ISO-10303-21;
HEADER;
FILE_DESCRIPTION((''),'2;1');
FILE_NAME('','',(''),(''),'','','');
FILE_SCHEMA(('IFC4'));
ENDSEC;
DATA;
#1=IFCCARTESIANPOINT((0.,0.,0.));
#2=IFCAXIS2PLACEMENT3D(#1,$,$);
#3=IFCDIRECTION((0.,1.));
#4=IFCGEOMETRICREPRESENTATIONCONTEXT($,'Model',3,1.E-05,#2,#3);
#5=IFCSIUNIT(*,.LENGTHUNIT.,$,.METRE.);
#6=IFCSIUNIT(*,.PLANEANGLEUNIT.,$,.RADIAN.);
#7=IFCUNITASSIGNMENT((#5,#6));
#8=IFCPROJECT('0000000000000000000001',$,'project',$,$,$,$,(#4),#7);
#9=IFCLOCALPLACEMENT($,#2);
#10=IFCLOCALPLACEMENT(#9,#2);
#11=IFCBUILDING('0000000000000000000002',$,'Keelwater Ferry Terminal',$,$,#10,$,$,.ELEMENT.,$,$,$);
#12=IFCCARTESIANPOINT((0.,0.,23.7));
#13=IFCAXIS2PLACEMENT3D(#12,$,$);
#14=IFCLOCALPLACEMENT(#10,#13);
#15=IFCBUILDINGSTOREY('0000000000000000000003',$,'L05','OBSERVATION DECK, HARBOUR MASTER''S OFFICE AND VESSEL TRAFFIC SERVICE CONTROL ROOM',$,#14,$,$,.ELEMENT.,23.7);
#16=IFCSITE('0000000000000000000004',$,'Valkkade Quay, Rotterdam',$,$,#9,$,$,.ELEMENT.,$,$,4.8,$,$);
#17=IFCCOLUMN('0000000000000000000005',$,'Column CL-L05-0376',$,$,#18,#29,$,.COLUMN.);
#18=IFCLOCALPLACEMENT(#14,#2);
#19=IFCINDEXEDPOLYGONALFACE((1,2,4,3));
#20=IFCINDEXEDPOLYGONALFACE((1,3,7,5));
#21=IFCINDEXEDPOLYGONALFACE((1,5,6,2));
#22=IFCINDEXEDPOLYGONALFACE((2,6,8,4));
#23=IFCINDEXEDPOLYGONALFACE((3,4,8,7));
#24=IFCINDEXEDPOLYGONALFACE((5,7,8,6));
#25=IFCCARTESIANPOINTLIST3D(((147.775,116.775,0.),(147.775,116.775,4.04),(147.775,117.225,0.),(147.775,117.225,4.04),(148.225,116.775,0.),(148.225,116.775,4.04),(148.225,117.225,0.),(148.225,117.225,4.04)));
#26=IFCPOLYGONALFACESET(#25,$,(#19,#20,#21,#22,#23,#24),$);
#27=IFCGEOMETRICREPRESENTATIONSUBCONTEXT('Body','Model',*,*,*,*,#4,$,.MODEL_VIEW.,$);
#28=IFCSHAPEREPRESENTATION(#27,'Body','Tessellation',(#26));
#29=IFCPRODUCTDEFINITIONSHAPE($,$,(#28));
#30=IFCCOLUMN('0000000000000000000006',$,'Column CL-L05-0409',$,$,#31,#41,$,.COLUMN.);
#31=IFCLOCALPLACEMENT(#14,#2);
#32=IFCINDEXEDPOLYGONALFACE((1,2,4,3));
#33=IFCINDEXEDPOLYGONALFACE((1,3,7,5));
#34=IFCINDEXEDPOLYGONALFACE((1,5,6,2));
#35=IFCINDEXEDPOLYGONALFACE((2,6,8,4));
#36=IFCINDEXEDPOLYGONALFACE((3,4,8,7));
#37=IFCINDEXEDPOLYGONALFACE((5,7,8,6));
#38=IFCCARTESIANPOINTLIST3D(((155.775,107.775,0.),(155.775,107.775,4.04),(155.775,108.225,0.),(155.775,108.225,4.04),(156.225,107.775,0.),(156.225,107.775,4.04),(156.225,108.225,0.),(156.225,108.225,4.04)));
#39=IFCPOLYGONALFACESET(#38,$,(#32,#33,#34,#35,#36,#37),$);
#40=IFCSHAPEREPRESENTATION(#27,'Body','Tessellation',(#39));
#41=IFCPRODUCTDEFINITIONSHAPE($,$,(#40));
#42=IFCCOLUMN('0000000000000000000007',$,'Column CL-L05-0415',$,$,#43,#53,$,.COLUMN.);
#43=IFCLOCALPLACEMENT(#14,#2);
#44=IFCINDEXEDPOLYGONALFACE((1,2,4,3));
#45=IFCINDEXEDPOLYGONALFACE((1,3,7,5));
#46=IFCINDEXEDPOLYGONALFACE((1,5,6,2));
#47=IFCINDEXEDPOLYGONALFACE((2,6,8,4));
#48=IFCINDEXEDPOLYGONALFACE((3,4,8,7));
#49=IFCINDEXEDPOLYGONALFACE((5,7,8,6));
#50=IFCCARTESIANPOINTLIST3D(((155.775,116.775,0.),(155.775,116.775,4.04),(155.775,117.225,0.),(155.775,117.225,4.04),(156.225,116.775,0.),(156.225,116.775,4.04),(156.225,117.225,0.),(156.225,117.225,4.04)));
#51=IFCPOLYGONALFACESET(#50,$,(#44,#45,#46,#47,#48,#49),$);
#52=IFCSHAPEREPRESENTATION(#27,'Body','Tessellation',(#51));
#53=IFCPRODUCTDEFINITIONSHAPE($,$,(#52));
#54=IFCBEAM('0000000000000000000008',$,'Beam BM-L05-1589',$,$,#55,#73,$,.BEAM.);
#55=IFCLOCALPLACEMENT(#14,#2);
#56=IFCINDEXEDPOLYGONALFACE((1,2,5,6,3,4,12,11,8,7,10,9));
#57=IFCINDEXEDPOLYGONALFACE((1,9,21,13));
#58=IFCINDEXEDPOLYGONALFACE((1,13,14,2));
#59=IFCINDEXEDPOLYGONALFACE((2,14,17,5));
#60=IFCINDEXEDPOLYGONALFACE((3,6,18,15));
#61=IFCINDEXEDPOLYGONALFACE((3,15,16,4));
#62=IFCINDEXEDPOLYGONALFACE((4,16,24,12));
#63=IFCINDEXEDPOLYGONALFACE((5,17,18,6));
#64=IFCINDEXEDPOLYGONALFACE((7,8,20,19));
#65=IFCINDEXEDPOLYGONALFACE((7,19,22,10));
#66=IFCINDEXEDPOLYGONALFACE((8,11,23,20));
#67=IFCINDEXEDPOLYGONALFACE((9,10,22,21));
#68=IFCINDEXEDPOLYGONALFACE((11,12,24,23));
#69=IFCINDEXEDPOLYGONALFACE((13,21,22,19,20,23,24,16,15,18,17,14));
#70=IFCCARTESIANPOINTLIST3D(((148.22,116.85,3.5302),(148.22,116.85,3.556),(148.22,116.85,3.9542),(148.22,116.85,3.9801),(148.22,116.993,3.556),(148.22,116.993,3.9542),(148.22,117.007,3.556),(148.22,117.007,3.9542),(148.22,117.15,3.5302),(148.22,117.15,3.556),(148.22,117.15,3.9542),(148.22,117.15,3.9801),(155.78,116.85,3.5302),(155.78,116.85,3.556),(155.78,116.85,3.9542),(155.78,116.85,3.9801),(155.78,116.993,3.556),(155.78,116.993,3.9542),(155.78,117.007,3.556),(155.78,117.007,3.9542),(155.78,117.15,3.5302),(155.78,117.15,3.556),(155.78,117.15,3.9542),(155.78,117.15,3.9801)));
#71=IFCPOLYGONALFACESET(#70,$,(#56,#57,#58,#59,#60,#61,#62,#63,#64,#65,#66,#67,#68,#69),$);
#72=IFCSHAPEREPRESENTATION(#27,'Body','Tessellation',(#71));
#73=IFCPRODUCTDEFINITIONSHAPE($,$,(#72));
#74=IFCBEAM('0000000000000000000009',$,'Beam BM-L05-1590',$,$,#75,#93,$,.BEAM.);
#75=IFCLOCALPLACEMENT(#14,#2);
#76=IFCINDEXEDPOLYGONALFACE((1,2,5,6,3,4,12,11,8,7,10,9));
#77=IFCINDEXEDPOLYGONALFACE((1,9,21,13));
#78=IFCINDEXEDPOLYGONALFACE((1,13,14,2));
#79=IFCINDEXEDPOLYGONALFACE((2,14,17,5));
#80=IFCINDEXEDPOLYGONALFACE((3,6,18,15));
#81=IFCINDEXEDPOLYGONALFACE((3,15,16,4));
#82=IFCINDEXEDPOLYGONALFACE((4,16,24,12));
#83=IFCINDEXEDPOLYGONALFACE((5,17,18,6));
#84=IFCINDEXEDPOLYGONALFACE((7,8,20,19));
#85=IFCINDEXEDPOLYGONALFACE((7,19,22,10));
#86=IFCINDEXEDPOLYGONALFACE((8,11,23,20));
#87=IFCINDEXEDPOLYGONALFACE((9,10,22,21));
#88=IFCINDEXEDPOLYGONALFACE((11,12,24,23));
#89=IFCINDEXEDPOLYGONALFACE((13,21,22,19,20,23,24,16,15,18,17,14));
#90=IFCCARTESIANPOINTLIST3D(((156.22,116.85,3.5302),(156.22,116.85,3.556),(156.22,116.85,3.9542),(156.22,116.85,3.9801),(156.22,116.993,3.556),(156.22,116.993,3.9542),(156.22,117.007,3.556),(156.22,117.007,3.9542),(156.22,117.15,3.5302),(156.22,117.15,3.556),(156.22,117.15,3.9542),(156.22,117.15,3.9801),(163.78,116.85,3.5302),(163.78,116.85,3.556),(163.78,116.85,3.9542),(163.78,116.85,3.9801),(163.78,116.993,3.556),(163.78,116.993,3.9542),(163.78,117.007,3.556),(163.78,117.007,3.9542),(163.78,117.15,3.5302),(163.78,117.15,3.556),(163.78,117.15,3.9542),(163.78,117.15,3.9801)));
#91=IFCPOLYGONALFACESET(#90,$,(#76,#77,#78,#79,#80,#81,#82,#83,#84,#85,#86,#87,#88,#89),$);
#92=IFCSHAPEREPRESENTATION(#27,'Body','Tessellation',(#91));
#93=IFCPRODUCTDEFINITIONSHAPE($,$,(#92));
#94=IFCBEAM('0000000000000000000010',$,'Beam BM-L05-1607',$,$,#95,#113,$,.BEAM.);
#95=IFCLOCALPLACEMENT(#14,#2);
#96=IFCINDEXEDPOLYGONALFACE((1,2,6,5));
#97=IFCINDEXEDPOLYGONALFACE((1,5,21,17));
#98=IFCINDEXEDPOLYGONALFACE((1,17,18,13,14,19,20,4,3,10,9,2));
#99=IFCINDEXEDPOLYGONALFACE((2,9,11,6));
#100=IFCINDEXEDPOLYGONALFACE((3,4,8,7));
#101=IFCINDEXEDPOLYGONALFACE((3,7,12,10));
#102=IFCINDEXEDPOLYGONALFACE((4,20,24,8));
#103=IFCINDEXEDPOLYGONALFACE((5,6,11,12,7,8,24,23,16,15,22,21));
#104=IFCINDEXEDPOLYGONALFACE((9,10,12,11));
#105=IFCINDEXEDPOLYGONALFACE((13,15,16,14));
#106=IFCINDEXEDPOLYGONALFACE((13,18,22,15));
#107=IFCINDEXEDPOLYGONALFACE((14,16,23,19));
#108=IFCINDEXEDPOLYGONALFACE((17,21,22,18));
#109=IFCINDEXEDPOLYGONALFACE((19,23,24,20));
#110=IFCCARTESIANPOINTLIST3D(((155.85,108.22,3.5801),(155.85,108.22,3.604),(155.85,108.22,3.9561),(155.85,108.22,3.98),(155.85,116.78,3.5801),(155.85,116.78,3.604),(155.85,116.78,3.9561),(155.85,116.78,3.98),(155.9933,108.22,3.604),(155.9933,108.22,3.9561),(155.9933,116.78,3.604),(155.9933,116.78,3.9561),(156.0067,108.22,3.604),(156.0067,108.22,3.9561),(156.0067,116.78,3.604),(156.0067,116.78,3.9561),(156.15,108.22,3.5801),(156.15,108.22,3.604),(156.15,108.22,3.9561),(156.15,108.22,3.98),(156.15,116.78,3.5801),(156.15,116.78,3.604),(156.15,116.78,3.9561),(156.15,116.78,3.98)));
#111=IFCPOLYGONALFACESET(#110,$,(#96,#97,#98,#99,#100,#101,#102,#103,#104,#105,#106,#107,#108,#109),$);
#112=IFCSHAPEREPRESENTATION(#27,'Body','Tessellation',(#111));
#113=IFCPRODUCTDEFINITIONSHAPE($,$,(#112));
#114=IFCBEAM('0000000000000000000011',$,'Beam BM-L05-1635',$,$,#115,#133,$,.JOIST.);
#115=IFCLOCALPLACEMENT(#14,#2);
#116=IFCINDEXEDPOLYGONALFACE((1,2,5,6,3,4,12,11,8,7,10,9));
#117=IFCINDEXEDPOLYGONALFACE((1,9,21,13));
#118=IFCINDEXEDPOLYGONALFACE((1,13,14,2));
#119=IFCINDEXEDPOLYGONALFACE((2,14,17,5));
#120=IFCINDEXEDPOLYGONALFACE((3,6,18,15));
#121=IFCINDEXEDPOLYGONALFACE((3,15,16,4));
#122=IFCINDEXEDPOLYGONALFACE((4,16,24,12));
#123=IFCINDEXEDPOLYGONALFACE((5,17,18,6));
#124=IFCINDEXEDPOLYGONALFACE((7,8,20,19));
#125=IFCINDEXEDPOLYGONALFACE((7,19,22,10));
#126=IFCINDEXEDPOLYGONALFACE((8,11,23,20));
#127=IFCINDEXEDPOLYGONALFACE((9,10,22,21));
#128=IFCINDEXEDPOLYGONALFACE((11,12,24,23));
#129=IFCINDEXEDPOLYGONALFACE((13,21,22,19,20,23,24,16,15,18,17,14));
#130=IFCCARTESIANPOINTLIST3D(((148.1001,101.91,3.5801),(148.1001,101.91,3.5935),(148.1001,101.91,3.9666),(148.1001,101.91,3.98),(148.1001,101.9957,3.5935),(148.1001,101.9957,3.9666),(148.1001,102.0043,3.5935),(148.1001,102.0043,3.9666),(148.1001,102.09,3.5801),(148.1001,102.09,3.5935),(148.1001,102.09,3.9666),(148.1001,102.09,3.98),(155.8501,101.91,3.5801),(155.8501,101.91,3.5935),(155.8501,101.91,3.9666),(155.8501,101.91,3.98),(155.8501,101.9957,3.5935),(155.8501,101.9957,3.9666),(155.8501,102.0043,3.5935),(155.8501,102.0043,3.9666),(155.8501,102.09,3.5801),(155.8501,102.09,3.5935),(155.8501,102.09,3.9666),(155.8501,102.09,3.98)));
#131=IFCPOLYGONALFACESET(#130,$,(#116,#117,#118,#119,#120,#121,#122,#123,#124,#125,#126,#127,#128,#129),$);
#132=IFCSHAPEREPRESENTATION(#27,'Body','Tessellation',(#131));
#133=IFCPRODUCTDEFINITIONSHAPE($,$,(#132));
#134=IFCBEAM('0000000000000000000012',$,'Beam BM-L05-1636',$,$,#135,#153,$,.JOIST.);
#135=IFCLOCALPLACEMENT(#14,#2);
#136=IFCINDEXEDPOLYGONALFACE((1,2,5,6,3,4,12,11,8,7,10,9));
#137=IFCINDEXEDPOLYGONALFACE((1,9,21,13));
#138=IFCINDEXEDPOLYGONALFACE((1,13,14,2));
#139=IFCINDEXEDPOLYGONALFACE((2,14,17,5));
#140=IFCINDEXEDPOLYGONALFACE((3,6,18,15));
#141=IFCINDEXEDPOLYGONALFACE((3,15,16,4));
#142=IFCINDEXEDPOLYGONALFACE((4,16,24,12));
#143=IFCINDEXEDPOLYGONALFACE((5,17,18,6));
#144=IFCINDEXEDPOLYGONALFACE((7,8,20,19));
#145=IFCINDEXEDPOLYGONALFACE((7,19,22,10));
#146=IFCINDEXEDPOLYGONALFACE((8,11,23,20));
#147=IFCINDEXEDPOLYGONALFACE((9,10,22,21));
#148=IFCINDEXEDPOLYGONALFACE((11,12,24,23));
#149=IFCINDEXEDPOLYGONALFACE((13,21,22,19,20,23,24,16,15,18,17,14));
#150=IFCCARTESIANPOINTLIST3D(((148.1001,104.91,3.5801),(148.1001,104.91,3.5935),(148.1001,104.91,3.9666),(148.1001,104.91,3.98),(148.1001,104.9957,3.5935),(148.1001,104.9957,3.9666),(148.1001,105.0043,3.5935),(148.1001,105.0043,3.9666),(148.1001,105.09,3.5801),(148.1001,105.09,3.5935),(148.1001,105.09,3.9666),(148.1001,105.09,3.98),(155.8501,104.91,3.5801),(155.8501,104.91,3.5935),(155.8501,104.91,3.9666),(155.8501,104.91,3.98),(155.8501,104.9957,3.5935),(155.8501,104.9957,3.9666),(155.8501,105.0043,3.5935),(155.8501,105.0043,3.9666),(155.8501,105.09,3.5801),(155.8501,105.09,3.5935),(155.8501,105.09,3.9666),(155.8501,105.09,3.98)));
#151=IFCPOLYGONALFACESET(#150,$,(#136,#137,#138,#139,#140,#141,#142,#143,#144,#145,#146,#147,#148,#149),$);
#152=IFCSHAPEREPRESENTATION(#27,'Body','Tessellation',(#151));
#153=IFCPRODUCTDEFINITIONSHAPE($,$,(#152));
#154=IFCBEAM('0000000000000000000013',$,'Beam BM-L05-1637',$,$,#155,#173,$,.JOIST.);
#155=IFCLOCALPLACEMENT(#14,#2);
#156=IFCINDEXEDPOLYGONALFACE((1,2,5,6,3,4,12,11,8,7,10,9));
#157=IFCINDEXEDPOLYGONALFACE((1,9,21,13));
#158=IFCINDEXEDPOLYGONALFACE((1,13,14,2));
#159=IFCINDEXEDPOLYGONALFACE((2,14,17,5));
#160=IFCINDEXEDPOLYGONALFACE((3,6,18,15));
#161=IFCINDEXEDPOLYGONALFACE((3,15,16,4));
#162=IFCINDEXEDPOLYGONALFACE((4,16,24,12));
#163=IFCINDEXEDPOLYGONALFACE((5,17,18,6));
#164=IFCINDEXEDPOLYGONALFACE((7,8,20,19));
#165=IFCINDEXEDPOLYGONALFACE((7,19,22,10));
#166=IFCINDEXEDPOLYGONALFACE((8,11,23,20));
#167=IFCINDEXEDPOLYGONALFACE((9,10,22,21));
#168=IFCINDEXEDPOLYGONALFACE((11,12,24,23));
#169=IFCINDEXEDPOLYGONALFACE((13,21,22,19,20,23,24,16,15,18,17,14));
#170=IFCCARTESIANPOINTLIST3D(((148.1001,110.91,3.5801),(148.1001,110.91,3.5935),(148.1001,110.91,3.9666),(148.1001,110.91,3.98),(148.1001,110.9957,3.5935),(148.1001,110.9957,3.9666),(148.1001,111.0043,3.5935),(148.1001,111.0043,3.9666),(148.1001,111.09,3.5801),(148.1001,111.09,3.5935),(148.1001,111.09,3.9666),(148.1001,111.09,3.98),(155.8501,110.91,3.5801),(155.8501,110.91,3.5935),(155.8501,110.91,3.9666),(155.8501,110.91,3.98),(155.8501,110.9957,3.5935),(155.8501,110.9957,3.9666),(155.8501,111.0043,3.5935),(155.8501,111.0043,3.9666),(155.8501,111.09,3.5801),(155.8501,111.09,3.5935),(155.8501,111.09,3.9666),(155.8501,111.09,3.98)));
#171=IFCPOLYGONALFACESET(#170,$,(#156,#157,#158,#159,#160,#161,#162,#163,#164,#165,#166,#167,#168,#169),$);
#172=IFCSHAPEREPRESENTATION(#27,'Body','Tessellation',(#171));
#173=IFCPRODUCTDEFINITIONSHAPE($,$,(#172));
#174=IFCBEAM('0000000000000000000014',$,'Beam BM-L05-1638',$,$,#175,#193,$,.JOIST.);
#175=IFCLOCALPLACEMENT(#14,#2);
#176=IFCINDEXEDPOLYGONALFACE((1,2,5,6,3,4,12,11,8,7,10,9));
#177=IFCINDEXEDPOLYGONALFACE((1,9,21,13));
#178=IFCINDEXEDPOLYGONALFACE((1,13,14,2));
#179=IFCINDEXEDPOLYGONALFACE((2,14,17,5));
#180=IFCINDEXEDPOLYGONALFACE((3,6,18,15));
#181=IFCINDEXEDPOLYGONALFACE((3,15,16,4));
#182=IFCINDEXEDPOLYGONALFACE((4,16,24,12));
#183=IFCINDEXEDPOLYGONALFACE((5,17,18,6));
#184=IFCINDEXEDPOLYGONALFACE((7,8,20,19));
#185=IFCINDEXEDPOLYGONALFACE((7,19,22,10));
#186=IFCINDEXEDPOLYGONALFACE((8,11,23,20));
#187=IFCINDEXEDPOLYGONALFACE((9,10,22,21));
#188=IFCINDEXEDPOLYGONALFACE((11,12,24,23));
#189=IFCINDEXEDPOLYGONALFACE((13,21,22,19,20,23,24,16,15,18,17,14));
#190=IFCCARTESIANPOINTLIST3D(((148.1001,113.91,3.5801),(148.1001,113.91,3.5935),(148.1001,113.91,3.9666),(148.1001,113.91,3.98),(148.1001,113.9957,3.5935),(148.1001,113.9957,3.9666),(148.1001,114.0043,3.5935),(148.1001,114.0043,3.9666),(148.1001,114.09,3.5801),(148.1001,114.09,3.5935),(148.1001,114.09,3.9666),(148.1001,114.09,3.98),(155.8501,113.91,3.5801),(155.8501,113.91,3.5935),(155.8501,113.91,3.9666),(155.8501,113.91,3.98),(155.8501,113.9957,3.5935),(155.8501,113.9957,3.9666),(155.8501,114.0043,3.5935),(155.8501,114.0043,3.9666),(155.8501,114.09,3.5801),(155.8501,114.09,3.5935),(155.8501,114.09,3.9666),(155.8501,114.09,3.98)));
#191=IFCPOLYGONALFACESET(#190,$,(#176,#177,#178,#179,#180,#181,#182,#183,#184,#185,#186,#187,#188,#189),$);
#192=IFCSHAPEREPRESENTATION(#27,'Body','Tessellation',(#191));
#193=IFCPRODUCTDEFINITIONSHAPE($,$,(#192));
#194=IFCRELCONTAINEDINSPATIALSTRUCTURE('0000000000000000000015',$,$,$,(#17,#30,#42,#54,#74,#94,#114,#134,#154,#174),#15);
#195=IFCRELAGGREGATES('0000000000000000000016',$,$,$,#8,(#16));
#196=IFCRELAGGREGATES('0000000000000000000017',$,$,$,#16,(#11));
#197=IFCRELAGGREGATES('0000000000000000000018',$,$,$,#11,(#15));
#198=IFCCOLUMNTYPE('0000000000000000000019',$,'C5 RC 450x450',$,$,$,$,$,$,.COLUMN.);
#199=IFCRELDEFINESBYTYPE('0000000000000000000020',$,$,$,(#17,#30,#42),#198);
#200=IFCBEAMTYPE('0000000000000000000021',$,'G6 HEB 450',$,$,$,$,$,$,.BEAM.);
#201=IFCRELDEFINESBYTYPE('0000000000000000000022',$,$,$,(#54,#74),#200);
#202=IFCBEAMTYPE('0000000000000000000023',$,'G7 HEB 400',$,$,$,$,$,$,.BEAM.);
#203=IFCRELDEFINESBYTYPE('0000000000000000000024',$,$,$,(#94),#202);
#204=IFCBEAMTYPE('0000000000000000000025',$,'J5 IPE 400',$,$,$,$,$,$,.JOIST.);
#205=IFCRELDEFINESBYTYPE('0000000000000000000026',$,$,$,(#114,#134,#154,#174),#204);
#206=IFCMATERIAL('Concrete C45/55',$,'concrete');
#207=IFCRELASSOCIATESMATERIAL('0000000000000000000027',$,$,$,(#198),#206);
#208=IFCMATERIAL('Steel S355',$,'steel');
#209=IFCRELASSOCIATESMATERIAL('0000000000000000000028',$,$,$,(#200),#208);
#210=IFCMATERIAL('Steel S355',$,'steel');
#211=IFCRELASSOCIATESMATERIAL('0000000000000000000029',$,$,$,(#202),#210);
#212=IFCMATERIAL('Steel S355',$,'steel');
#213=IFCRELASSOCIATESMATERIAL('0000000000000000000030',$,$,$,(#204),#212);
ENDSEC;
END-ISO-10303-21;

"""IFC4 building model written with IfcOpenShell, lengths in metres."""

from ifc_helpers import new_model, si_unit, direction, frame, origin, origin_2d, place, context, subcontext, project, spatial, rectangle, i_section, extrude, material, material_profile, profile_set, type_object, element, save


model = new_model("IFC4")

# Units and contexts
model_context = context("Model", 3, precision=1e-05, world=origin(), true_north=direction((0.0, 1.0)))
body_context = subcontext(model_context, "Body", "Model", "MODEL_VIEW")
ifc_project = project(units=[si_unit("LENGTHUNIT", "METRE"), si_unit("PLANEANGLEUNIT", "RADIAN")], contexts=[model_context])

# Site, building, storey
site_placement = place(None, origin())
site = spatial("IfcSite", under=ifc_project, at=site_placement, Name="Valkkade Quay, Rotterdam", CompositionType="ELEMENT", RefElevation=4.8)
building_placement = place(site_placement, origin())
building = spatial("IfcBuilding", under=site, at=building_placement, Name="Keelwater Ferry Terminal", CompositionType="ELEMENT")
storey_placement = place(building_placement, frame((0.0, 0.0, 23.7)))
storey = spatial("IfcBuildingStorey", under=building, at=storey_placement, Name="L05", Description="OBSERVATION DECK, HARBOUR MASTER'S OFFICE AND VESSEL TRAFFIC SERVICE CONTROL ROOM", CompositionType="ELEMENT", Elevation=23.7)

# Columns
ifc_material_1 = material(Name="Concrete C45/55", Category="concrete")
ifc_material_profile_1 = material_profile(ifc_material_1, rectangle(XDim=0.45, YDim=0.45, at=origin_2d()), Name="RC 450x450")
ifc_profile_set_1 = profile_set([ifc_material_profile_1], Name="Concrete C45/55")
column_type = type_object("IfcColumnType", Name="C5 RC 450x450", PredefinedType="COLUMN", material=ifc_profile_set_1)
for number, where, z_axis, x_axis, name in (
    (1, (148.0, 117.0, 0.0), (0.0, 0.0, 1.0), (1.0, 0.0, 0.0), "Column CL-L05-0376"),
    (2, (156.0, 108.0, 0.0), (0.0, 0.0, 1.0), (1.0, 0.0, 0.0), "Column CL-L05-0409"),
    (3, (156.0, 117.0, 0.0), (0.0, 0.0, 1.0), (1.0, 0.0, 0.0), "Column CL-L05-0415"),
):
    element("IfcColumn", number, at=place(storey_placement, frame(where, z_axis=z_axis, x_axis=x_axis)), inside=storey, type_object=column_type, Name=name, PredefinedType="COLUMN", context=body_context, shape_type="SweptSolid", body=[
        extrude(rectangle(XDim=0.45, YDim=0.45, at=origin_2d()), origin(), (0.0, 0.0, 1.0), 4.04),
    ])

# Beams
ifc_material_2 = material(Name="Steel S355", Category="steel")
ifc_material_profile_2 = material_profile(ifc_material_2, i_section(OverallWidth=0.3, OverallDepth=0.45, WebThickness=0.0139, FlangeThickness=0.0259, at=origin_2d()), Name="HEB 450")
ifc_profile_set_2 = profile_set([ifc_material_profile_2], Name="Steel S355")
beam_type_1 = type_object("IfcBeamType", Name="G6 HEB 450", PredefinedType="BEAM", material=ifc_profile_set_2)
for number, where, z_axis, x_axis, name in (
    (4, (148.22, 117.0, 3.7551), (1.0, 0.0, 0.0), (0.0, 1.0, 0.0), "Beam BM-L05-1589"),
    (5, (156.22, 117.0, 3.7551), (1.0, 0.0, 0.0), (0.0, 1.0, 0.0), "Beam BM-L05-1590"),
):
    element("IfcBeam", number, at=place(storey_placement, frame(where, z_axis=z_axis, x_axis=x_axis)), inside=storey, type_object=beam_type_1, Name=name, PredefinedType="BEAM", context=body_context, shape_type="SweptSolid", body=[
        extrude(i_section(OverallWidth=0.3, OverallDepth=0.45, WebThickness=0.0139, FlangeThickness=0.0259, at=origin_2d()), origin(), (0.0, 0.0, 1.0), 7.5601),
    ])
ifc_material_3 = material(Name="Steel S355", Category="steel")
ifc_material_profile_3 = material_profile(ifc_material_3, i_section(OverallWidth=0.3, OverallDepth=0.3999, WebThickness=0.0134, FlangeThickness=0.0239, at=origin_2d()), Name="HEB 400")
ifc_profile_set_3 = profile_set([ifc_material_profile_3], Name="Steel S355")
beam_type_2 = type_object("IfcBeamType", Name="G7 HEB 400", PredefinedType="BEAM", material=ifc_profile_set_3)
beam_1_placement = place(storey_placement, frame((156.0, 108.22, 3.78), z_axis=(0.0, 1.0, 0.0), x_axis=(-1.0, 0.0, 0.0)))
element("IfcBeam", 6, at=beam_1_placement, inside=storey, type_object=beam_type_2, Name="Beam BM-L05-1607", PredefinedType="BEAM", context=body_context, shape_type="SweptSolid", body=[
    extrude(i_section(OverallWidth=0.3, OverallDepth=0.3999, WebThickness=0.0134, FlangeThickness=0.0239, at=origin_2d()), origin(), (0.0, 0.0, 1.0), 8.5601),
])
ifc_material_4 = material(Name="Steel S355", Category="steel")
ifc_material_profile_4 = material_profile(ifc_material_4, i_section(OverallWidth=0.1799, OverallDepth=0.3999, WebThickness=0.0085, FlangeThickness=0.0134, at=origin_2d()), Name="IPE 400")
ifc_profile_set_4 = profile_set([ifc_material_profile_4], Name="Steel S355")
beam_type_3 = type_object("IfcBeamType", Name="J5 IPE 400", PredefinedType="JOIST", material=ifc_profile_set_4)
for number, where, z_axis, x_axis, name in (
    (7, (148.1001, 102.0, 3.78), (1.0, 0.0, 0.0), (0.0, 1.0, 0.0), "Beam BM-L05-1635"),
    (8, (148.1001, 105.0, 3.78), (1.0, 0.0, 0.0), (0.0, 1.0, 0.0), "Beam BM-L05-1636"),
    (9, (148.1001, 111.0, 3.78), (1.0, 0.0, 0.0), (0.0, 1.0, 0.0), "Beam BM-L05-1637"),
    (10, (148.1001, 114.0, 3.78), (1.0, 0.0, 0.0), (0.0, 1.0, 0.0), "Beam BM-L05-1638"),
):
    element("IfcBeam", number, at=place(storey_placement, frame(where, z_axis=z_axis, x_axis=x_axis)), inside=storey, type_object=beam_type_3, Name=name, PredefinedType="JOIST", context=body_context, shape_type="SweptSolid", body=[
        extrude(i_section(OverallWidth=0.1799, OverallDepth=0.3999, WebThickness=0.0085, FlangeThickness=0.0134, at=origin_2d()), origin(), (0.0, 0.0, 1.0), 7.75),
    ])

save(model, "model.ifc")
